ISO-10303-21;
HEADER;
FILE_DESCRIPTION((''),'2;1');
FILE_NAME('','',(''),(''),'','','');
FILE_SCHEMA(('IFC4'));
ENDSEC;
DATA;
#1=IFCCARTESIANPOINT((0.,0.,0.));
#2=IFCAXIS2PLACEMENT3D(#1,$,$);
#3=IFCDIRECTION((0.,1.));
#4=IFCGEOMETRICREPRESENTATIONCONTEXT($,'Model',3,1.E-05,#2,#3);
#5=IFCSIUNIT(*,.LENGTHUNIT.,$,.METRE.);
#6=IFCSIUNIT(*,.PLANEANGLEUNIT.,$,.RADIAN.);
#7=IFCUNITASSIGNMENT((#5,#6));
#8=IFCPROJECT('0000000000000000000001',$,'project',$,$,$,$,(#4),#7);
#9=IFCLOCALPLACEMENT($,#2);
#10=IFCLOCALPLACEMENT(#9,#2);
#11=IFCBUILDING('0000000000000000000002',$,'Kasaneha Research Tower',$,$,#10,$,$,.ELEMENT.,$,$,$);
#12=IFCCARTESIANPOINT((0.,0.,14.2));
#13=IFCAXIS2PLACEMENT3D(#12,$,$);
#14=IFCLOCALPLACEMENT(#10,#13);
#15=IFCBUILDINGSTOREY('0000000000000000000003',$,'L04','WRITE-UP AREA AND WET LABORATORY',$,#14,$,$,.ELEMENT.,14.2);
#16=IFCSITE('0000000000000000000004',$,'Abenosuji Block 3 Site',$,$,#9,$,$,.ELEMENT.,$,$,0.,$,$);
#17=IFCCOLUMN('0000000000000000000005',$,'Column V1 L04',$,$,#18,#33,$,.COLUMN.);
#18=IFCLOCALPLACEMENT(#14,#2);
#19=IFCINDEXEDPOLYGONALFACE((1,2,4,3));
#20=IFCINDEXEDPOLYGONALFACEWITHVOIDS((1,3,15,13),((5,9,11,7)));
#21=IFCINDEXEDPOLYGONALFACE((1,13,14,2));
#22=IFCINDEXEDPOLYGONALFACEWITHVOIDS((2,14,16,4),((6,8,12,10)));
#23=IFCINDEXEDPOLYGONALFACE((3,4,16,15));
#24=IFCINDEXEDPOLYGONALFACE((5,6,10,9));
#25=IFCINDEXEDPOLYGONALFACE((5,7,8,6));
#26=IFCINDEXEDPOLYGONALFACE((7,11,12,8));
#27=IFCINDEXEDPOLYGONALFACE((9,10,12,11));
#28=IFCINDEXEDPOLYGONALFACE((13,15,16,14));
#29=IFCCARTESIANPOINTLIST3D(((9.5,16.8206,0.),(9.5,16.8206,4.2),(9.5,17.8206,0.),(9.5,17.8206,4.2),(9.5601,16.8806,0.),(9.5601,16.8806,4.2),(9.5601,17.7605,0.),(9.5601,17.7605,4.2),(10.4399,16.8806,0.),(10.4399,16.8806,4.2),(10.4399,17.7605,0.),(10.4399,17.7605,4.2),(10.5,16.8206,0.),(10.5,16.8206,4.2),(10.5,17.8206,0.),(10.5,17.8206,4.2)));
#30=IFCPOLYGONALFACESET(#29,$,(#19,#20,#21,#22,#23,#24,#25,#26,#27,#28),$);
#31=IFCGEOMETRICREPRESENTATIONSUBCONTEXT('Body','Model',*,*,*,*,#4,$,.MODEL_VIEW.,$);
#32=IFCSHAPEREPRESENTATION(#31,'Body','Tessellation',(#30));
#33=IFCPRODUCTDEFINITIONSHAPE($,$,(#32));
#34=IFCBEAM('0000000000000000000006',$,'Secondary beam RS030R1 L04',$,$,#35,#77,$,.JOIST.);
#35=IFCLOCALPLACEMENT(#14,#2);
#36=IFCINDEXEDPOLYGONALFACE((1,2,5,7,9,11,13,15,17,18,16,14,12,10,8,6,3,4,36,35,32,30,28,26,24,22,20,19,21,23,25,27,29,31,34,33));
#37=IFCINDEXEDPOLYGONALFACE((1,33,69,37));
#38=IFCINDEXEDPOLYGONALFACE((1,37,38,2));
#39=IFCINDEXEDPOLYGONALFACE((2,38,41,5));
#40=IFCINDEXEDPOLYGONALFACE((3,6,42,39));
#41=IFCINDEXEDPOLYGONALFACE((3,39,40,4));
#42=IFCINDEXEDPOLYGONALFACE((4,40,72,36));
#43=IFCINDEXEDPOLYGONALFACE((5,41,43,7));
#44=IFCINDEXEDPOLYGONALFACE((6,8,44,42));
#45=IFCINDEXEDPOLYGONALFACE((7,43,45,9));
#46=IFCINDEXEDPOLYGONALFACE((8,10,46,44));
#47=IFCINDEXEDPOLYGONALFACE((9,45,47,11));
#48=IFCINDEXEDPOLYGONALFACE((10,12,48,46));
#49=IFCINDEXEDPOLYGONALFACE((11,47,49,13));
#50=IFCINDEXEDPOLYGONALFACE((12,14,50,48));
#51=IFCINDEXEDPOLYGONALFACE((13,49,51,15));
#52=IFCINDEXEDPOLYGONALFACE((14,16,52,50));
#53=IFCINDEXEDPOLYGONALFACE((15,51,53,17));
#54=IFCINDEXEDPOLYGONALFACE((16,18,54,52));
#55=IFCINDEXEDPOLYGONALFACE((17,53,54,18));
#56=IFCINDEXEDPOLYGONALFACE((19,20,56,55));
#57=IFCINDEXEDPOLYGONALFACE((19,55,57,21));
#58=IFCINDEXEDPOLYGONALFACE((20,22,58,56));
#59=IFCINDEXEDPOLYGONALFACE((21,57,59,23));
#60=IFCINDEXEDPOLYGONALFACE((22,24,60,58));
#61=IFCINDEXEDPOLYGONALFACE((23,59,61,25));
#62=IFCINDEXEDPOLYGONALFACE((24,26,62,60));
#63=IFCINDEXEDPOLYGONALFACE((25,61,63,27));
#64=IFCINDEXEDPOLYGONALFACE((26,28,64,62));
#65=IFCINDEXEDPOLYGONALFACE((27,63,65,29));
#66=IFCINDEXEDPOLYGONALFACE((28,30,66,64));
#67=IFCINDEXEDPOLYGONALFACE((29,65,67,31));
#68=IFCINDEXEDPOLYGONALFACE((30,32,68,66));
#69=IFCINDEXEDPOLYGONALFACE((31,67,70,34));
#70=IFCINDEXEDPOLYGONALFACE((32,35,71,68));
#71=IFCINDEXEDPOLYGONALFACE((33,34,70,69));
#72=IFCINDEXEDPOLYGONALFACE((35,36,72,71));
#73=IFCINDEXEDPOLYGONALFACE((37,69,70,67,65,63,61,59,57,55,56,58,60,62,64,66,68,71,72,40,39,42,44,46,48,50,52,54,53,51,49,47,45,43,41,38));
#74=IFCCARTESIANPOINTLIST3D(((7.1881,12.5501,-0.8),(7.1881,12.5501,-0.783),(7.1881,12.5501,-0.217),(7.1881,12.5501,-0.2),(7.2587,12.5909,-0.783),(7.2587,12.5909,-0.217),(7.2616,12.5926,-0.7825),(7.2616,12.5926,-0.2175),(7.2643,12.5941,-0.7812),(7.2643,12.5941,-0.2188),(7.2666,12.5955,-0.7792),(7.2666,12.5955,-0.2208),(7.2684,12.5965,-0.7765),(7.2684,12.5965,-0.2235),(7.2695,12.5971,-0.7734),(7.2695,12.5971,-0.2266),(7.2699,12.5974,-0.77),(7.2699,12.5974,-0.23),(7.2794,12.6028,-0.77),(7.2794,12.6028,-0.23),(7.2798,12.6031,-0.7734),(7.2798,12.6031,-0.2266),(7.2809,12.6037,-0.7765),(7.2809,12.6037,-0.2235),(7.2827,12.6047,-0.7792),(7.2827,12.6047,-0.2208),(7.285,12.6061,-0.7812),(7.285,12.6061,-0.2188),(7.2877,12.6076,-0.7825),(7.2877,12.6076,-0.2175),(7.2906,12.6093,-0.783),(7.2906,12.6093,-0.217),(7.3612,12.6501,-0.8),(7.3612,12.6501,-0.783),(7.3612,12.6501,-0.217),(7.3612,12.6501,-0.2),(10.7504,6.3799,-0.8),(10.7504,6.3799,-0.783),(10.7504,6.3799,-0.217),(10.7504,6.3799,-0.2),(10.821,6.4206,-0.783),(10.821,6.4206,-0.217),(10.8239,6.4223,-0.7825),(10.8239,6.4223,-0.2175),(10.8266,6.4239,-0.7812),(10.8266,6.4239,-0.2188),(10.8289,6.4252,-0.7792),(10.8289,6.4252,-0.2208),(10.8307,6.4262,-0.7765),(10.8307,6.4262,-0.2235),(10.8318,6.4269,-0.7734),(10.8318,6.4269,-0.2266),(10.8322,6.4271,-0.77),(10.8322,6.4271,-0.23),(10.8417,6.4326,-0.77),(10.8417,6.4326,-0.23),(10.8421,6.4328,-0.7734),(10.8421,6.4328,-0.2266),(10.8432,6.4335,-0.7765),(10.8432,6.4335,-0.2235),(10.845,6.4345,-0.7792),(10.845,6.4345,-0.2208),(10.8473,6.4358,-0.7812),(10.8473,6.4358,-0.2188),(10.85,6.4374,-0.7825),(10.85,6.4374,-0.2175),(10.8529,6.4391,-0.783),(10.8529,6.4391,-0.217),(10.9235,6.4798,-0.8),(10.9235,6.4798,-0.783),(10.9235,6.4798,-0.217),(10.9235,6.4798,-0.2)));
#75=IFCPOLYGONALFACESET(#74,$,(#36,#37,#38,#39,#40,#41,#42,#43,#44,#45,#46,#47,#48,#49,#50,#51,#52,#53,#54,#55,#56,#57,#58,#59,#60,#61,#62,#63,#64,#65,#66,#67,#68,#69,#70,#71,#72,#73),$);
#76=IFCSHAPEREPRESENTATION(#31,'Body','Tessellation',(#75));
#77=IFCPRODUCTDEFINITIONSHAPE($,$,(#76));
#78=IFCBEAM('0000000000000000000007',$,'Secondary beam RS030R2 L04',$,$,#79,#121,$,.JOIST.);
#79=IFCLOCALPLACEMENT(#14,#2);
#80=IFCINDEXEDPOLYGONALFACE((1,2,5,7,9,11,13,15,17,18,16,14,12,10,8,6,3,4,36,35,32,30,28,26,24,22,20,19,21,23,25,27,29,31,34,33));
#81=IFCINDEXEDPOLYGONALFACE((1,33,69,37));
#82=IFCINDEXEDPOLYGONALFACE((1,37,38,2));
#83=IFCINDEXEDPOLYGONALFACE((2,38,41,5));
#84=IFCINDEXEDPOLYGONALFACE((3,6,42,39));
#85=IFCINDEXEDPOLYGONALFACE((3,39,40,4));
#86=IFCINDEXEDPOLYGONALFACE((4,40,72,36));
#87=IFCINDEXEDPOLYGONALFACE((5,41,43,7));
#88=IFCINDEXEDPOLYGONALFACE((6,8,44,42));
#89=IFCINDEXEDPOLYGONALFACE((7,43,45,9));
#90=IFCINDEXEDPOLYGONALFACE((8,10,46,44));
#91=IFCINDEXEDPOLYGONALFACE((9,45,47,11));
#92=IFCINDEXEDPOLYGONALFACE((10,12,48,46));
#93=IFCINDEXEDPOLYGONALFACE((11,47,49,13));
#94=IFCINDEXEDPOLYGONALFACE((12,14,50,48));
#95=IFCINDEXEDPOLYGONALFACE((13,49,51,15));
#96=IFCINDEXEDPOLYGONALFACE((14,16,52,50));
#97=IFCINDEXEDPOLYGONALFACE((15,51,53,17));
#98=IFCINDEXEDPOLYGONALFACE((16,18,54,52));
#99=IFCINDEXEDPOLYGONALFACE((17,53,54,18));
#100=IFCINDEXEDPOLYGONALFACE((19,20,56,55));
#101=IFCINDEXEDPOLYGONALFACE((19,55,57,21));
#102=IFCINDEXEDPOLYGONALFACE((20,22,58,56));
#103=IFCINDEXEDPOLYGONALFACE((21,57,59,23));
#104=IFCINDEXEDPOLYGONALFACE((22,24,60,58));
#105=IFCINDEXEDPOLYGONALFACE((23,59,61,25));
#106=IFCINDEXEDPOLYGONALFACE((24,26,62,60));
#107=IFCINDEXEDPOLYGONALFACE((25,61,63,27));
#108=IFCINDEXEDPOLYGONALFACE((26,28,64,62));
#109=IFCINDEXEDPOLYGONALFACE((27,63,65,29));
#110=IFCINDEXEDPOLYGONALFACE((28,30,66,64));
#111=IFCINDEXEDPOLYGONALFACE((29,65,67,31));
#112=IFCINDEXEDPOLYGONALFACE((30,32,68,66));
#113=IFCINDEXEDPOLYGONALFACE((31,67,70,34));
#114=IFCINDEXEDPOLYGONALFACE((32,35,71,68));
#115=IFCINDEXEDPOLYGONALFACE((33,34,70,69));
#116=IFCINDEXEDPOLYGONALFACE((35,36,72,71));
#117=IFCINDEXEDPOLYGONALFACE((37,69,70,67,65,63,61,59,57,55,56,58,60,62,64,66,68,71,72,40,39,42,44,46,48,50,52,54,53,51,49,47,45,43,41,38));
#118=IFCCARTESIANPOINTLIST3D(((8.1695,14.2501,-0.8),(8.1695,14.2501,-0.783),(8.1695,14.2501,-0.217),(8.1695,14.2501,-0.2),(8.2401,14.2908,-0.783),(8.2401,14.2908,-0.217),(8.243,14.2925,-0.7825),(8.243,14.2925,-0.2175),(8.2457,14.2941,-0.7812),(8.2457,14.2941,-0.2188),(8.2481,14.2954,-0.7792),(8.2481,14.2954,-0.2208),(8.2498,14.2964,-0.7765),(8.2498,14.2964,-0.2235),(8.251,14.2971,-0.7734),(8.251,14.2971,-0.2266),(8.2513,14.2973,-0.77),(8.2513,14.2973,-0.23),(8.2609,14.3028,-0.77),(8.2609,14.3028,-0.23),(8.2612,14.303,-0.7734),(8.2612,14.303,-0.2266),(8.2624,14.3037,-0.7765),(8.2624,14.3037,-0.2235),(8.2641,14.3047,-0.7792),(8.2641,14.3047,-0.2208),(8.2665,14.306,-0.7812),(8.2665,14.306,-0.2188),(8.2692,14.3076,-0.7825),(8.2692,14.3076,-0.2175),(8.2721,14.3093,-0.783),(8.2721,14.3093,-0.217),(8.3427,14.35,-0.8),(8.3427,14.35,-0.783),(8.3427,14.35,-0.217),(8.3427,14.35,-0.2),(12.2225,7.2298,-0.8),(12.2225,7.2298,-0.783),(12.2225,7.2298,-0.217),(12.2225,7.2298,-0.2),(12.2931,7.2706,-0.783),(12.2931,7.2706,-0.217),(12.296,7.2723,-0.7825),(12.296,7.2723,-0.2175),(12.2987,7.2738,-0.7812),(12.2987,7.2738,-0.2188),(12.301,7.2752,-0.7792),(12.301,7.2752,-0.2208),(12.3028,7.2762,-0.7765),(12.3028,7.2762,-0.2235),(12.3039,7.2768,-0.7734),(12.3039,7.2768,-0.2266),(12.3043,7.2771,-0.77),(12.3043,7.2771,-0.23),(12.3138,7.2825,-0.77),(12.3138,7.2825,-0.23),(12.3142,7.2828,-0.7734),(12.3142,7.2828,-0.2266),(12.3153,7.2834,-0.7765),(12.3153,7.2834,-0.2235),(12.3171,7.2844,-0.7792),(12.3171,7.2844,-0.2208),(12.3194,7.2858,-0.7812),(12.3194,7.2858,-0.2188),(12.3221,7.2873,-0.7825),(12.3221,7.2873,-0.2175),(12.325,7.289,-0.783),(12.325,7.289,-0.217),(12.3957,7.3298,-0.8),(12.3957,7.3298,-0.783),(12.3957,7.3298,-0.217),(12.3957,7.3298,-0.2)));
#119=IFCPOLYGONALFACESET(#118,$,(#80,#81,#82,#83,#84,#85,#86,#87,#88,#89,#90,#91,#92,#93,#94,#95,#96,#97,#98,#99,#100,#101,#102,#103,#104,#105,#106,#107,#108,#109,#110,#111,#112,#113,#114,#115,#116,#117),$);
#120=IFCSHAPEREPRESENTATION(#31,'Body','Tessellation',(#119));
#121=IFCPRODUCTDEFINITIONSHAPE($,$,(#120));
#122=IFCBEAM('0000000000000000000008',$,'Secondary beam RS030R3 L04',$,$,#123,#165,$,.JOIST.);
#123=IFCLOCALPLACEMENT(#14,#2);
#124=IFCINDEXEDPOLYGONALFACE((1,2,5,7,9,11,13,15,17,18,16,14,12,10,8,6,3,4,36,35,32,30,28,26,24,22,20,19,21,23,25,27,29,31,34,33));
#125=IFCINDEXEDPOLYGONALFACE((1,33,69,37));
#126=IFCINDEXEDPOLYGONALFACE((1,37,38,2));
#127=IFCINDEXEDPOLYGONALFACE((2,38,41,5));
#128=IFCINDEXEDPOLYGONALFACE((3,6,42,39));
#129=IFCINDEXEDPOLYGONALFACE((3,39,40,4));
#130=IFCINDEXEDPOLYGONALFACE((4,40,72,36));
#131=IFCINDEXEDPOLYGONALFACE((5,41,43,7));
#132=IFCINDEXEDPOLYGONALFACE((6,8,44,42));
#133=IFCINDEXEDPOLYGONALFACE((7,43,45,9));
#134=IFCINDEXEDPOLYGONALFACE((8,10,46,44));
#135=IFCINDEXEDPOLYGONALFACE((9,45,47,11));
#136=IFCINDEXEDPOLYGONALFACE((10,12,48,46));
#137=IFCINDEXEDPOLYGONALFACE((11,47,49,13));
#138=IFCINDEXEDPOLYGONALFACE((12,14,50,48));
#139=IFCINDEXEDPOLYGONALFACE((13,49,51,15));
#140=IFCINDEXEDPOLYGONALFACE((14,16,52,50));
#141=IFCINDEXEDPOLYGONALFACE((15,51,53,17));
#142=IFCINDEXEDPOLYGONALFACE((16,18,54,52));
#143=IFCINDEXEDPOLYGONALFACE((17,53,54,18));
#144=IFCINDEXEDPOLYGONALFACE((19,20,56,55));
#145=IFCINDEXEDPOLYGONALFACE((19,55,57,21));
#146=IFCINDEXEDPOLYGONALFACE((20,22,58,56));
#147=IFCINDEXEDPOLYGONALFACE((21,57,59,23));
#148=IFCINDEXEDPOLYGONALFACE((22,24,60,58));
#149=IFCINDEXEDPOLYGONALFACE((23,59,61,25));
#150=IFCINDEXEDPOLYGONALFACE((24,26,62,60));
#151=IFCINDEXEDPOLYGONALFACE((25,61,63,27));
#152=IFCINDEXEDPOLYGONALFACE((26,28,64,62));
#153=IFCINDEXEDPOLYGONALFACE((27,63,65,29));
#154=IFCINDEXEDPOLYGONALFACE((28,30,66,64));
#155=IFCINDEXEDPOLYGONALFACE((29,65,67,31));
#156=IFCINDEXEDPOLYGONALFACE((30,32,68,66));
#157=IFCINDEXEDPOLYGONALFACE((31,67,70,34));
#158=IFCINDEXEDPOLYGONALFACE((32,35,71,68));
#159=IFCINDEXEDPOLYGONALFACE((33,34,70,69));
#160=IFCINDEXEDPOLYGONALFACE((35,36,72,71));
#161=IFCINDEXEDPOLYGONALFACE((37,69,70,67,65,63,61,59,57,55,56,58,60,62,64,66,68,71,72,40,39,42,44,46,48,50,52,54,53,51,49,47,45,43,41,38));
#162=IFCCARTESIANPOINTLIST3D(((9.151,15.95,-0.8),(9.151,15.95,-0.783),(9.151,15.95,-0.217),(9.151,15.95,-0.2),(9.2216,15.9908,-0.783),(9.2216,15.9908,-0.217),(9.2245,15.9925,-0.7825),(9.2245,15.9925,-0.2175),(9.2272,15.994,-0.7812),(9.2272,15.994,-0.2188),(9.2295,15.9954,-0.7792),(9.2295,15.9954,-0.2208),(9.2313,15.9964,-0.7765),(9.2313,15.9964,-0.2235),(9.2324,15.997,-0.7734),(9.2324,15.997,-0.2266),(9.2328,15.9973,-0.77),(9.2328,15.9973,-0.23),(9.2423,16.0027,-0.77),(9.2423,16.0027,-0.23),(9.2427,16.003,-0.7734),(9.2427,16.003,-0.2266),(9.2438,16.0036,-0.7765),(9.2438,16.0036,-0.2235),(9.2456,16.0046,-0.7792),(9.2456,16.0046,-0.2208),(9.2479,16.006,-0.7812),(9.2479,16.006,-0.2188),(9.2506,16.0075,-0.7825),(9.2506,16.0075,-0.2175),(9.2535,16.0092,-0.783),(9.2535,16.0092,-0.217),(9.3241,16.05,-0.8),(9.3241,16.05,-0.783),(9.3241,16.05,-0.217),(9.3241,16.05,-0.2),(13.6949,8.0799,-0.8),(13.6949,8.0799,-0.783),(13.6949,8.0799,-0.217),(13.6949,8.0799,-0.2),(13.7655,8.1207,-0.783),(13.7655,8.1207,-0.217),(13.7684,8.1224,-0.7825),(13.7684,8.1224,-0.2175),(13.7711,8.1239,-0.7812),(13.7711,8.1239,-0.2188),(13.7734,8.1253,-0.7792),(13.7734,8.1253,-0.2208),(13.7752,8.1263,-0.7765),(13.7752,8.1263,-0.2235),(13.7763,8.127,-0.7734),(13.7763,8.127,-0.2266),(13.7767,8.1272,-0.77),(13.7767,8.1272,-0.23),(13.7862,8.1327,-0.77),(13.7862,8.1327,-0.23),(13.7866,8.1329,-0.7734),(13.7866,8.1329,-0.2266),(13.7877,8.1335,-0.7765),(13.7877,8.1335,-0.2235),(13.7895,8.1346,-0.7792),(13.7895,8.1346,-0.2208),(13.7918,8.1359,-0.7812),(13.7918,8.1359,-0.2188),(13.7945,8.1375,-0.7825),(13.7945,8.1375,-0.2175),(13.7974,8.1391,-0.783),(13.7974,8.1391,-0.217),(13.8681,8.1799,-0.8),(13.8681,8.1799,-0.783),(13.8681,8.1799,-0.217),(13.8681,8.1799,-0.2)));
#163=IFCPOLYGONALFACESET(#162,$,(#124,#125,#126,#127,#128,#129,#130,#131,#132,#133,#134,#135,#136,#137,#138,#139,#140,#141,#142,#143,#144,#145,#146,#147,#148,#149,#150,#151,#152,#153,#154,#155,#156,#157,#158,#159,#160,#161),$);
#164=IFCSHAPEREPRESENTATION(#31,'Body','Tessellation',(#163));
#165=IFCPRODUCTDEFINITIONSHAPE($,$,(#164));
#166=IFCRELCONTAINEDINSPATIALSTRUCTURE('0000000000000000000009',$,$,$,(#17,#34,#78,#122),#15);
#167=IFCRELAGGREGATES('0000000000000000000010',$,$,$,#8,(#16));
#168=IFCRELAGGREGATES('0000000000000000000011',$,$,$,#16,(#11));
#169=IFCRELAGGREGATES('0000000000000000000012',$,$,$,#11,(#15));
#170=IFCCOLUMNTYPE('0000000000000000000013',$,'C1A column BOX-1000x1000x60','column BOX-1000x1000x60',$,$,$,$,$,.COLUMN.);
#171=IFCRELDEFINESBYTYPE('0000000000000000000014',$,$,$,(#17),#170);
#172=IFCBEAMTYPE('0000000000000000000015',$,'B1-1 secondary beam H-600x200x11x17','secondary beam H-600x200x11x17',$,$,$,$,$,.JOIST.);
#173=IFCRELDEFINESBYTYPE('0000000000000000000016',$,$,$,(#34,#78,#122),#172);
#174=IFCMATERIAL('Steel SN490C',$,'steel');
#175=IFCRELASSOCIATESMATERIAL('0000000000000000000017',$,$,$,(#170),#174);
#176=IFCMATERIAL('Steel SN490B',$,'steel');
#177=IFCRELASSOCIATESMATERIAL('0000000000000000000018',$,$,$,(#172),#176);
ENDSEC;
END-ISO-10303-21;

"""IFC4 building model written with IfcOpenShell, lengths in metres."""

from ifc_helpers import new_model, si_unit, direction, frame, origin, origin_2d, place, context, subcontext, project, spatial, hollow_rectangle, i_section, extrude, material, material_profile, profile_set, type_object, element, save


model = new_model("IFC4")

# Units and contexts
model_context = context("Model", 3, precision=1e-05, world=origin(), true_north=direction((0.0, 1.0)))
body_context = subcontext(model_context, "Body", "Model", "MODEL_VIEW")
ifc_project = project(units=[si_unit("LENGTHUNIT", "METRE"), si_unit("PLANEANGLEUNIT", "RADIAN")], contexts=[model_context])

# Site, building, storey
site_placement = place(None, origin())
site = spatial("IfcSite", under=ifc_project, at=site_placement, Name="Abenosuji Block 3 Site", CompositionType="ELEMENT", RefElevation=0.0)
building_placement = place(site_placement, origin())
building = spatial("IfcBuilding", under=site, at=building_placement, Name="Kasaneha Research Tower", CompositionType="ELEMENT")
storey_placement = place(building_placement, frame((0.0, 0.0, 14.2)))
storey = spatial("IfcBuildingStorey", under=building, at=storey_placement, Name="L04", Description="WRITE-UP AREA AND WET LABORATORY", CompositionType="ELEMENT", Elevation=14.2)

# Column
ifc_material_1 = material(Name="Steel SN490C", Category="steel")
ifc_material_profile_1 = material_profile(ifc_material_1, hollow_rectangle(XDim=1.0, YDim=1.0, WallThickness=0.0601, at=origin_2d()), Name="BOX-1000x1000x60")
ifc_profile_set_1 = profile_set([ifc_material_profile_1], Name="Steel SN490C")
column_type = type_object("IfcColumnType", Name="C1A column BOX-1000x1000x60", Description="column BOX-1000x1000x60", PredefinedType="COLUMN", material=ifc_profile_set_1)
column_placement = place(storey_placement, frame((10.0, 17.3206, 0.0), z_axis=(0.0, 0.0, 1.0), x_axis=(1.0, 0.0, 0.0)))
element("IfcColumn", 1, at=column_placement, inside=storey, type_object=column_type, Name="Column V1 L04", PredefinedType="COLUMN", context=body_context, shape_type="SweptSolid", body=[
    extrude(hollow_rectangle(XDim=1.0, YDim=1.0, WallThickness=0.0601, at=origin_2d()), origin(), (0.0, 0.0, 1.0), 4.2),
])

# Beams
ifc_material_2 = material(Name="Steel SN490B", Category="steel")
ifc_material_profile_2 = material_profile(ifc_material_2, i_section(OverallWidth=0.2, OverallDepth=0.6001, WebThickness=0.011, FlangeThickness=0.0171, FilletRadius=0.0129, at=origin_2d()), Name="H-600x200x11x17")
ifc_profile_set_2 = profile_set([ifc_material_profile_2], Name="Steel SN490B")
beam_type_1 = type_object("IfcBeamType", Name="B1-1 secondary beam H-600x200x11x17", Description="secondary beam H-600x200x11x17", PredefinedType="JOIST", material=ifc_profile_set_2)
beam_1_placement = place(storey_placement, frame((7.2747, 12.6001, -0.5), z_axis=(0.49999, -0.866031, 0.0), x_axis=(0.866031, 0.49999, 0.0)))
element("IfcBeam", 2, at=beam_1_placement, inside=storey, type_object=beam_type_1, Name="Secondary beam RS030R1 L04", PredefinedType="JOIST", context=body_context, shape_type="SweptSolid", body=[
    extrude(i_section(OverallWidth=0.2, OverallDepth=0.6001, WebThickness=0.011, FlangeThickness=0.0171, FilletRadius=0.0129, at=origin_2d()), origin(), (0.0, 0.0, 1.0), 7.1248),
])
beam_2_placement = place(storey_placement, frame((8.2561, 14.3, -0.5), z_axis=(0.499984, -0.866035, 0.0), x_axis=(0.866035, 0.499984, 0.0)))
element("IfcBeam", 3, at=beam_2_placement, inside=storey, type_object=beam_type_1, Name="Secondary beam RS030R2 L04", PredefinedType="JOIST", context=body_context, shape_type="SweptSolid", body=[
    extrude(i_section(OverallWidth=0.2, OverallDepth=0.6001, WebThickness=0.011, FlangeThickness=0.0171, FilletRadius=0.0129, at=origin_2d()), origin(), (0.0, 0.0, 1.0), 8.1062),
])
beam_3_placement = place(storey_placement, frame((9.2375, 16.0, -0.5), z_axis=(0.500011, -0.866019, 0.0), x_axis=(0.866019, 0.500011, 0.0)))
element("IfcBeam", 4, at=beam_3_placement, inside=storey, type_object=beam_type_1, Name="Secondary beam RS030R3 L04", PredefinedType="JOIST", context=body_context, shape_type="SweptSolid", body=[
    extrude(i_section(OverallWidth=0.2, OverallDepth=0.6001, WebThickness=0.011, FlangeThickness=0.0171, FilletRadius=0.0129, at=origin_2d()), origin(), (0.0, 0.0, 1.0), 9.0876),
])

save(model, "model.ifc")
